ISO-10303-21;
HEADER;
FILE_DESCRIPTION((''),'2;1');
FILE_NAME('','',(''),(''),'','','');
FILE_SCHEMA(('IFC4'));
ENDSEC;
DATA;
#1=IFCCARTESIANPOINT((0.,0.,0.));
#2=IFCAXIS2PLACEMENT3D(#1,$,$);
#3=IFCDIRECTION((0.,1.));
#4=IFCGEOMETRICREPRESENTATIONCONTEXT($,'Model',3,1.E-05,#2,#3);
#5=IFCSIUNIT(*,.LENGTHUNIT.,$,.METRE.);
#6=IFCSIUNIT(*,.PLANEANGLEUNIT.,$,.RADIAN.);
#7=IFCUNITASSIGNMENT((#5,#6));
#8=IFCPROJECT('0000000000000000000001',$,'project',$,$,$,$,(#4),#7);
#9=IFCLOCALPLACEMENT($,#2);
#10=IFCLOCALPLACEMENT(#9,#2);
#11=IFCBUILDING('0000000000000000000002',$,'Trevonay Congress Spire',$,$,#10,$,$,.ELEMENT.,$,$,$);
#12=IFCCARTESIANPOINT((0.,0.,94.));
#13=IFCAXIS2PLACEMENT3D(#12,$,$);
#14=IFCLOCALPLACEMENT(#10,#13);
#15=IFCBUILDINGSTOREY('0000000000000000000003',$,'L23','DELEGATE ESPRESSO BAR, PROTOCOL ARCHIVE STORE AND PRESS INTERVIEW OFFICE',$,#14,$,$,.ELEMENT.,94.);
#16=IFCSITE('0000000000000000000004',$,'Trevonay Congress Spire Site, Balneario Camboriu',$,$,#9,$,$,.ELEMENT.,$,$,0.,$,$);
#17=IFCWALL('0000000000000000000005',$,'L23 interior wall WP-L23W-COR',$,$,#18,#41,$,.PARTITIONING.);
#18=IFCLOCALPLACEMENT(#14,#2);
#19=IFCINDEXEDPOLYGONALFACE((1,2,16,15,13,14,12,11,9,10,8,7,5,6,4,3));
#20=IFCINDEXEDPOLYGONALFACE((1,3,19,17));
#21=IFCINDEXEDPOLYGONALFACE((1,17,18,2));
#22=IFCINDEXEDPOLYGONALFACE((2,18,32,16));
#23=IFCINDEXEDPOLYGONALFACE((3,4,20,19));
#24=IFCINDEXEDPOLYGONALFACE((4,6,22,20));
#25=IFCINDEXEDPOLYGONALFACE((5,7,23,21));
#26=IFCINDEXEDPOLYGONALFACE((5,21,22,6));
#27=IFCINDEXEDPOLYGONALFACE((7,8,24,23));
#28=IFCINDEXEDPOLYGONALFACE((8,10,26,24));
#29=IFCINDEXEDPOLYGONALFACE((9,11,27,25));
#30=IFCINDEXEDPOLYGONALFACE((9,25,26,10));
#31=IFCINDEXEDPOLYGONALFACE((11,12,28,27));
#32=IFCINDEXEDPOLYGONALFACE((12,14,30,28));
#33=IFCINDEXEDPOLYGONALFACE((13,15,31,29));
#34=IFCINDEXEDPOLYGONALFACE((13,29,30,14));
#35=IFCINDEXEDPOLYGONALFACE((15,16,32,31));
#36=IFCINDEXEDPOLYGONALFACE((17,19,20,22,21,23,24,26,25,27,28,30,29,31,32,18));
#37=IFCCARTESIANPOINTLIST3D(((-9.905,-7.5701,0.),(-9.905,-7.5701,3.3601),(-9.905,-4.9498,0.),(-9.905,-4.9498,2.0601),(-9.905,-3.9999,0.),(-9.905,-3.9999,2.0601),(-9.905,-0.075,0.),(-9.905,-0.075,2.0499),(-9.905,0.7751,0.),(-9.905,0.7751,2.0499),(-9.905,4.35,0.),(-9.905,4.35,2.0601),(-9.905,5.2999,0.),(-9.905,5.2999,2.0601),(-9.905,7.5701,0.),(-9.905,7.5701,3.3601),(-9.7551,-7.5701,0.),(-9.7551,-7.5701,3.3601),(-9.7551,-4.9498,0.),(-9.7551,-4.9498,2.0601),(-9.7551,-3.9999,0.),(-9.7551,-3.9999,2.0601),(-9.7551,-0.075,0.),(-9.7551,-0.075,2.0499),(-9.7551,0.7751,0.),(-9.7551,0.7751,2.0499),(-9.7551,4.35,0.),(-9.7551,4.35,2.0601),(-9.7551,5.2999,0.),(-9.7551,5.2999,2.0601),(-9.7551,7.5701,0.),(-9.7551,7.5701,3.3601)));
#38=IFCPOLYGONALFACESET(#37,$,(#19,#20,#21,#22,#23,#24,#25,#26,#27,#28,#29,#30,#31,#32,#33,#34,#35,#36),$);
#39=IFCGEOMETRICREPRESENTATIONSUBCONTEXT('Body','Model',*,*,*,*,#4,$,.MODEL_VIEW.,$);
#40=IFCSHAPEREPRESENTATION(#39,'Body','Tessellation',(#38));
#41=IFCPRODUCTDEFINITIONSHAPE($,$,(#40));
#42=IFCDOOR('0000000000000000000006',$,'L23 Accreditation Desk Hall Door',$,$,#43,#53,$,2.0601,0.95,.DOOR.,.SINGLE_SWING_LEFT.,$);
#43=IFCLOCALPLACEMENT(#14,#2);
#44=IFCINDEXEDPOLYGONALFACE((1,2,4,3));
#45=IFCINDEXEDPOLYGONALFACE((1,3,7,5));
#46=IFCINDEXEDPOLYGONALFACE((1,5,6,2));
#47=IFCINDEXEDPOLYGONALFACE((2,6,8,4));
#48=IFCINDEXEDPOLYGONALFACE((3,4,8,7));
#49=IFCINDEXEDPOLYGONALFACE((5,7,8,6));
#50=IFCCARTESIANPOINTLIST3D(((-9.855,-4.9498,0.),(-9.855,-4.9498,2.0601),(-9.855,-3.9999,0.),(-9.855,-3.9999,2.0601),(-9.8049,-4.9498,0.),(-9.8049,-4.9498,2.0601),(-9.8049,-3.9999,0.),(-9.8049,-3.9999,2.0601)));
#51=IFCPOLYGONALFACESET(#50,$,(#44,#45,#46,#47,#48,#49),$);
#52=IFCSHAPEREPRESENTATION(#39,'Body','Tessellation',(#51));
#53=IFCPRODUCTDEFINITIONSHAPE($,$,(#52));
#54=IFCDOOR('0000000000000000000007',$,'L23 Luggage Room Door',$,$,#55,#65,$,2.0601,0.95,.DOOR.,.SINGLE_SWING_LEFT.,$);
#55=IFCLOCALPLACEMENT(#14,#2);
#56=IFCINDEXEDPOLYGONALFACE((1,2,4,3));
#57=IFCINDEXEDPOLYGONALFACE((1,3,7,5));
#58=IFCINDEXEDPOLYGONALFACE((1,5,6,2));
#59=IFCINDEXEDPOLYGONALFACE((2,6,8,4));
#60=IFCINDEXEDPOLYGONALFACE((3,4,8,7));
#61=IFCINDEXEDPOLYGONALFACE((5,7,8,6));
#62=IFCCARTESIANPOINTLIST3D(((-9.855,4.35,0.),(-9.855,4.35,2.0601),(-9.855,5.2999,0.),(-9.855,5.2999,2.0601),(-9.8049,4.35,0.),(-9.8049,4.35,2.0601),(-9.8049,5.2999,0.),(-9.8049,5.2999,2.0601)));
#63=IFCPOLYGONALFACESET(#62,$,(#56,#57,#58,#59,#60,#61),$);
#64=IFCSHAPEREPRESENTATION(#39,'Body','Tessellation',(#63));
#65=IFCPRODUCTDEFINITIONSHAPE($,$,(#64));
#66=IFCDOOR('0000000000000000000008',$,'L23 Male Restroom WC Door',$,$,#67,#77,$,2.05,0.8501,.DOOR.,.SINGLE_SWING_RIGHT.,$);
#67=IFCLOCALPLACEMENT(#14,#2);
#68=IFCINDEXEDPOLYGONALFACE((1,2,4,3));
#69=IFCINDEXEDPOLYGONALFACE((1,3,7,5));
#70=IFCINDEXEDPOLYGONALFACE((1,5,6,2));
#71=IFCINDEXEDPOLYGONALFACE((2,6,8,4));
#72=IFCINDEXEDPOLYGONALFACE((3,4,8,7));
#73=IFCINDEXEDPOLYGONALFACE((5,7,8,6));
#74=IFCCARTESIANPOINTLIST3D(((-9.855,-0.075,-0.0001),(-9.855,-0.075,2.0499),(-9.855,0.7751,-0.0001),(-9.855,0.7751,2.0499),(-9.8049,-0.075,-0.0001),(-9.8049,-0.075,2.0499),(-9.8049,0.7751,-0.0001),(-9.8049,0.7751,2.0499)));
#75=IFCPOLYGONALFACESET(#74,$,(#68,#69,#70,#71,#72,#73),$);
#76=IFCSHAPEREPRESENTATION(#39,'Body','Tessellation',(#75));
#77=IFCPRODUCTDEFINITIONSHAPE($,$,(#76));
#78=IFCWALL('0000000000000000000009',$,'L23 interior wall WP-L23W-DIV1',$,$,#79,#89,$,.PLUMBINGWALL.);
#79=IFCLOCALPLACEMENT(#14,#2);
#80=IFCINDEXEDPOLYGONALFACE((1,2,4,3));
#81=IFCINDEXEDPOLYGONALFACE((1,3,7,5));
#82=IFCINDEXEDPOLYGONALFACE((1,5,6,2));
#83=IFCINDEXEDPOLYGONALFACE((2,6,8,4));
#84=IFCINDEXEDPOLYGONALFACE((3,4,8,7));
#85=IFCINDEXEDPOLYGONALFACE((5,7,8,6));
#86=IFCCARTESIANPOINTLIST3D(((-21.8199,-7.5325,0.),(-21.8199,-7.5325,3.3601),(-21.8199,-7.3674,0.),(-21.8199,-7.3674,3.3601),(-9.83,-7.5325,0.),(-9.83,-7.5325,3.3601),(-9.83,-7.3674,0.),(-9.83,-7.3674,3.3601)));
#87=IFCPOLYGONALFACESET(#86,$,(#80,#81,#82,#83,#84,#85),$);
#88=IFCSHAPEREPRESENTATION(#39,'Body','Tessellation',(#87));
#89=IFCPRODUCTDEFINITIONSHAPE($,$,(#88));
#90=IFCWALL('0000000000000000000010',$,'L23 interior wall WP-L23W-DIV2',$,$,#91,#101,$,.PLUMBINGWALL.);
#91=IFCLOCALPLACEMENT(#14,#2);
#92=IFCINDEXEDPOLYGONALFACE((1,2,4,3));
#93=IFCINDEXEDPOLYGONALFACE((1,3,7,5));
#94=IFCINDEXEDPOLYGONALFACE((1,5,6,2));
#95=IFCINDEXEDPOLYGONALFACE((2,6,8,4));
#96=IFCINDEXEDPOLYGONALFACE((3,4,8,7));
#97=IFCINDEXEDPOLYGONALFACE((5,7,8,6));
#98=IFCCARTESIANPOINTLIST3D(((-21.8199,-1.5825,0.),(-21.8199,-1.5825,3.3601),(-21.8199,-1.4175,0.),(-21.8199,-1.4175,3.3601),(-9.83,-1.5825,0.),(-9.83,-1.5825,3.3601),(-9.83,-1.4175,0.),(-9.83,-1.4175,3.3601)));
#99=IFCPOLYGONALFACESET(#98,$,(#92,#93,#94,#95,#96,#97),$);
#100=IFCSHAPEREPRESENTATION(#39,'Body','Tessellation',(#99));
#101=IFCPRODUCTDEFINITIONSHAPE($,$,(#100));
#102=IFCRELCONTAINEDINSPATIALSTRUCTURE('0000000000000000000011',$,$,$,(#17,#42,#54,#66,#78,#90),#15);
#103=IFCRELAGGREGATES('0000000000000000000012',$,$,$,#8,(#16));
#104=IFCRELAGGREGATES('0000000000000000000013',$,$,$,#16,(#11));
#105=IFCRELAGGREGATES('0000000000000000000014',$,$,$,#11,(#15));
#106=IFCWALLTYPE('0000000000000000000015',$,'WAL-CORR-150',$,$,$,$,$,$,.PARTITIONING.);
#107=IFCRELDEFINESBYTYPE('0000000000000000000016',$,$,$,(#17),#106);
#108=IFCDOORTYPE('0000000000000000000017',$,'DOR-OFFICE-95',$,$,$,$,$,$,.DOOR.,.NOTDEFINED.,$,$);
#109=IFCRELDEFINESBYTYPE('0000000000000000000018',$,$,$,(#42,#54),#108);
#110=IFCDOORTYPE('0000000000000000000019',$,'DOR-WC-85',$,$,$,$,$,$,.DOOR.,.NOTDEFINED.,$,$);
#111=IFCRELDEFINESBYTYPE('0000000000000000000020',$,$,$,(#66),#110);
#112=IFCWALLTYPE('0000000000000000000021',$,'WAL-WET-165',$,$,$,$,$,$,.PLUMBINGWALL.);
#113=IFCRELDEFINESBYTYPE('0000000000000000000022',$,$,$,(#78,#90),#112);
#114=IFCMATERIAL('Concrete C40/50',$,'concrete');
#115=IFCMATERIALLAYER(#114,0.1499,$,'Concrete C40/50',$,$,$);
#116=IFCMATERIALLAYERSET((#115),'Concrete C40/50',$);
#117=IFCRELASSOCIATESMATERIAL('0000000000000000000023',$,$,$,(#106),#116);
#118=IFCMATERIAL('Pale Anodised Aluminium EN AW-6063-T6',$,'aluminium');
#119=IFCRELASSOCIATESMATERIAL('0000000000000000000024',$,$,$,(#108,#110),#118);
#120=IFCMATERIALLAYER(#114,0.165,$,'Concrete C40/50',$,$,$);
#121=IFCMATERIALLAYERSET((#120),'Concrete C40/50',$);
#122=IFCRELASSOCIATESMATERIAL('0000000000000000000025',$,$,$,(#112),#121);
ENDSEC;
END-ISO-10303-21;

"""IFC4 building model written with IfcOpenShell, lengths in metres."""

from ifc_helpers import new_model, si_unit, direction, frame, frame_2d, origin, place, context, subcontext, project, spatial, rectangle, extrude, material, layer, layer_set, type_object, element, fill, save


model = new_model("IFC4")

# Units and contexts
model_context = context("Model", 3, precision=1e-05, world=origin(), true_north=direction((0.0, 1.0)))
body_context = subcontext(model_context, "Body", "Model", "MODEL_VIEW")
ifc_project = project(units=[si_unit("LENGTHUNIT", "METRE"), si_unit("PLANEANGLEUNIT", "RADIAN")], contexts=[model_context])

# Site, building, storey
site_placement = place(None, origin())
site = spatial("IfcSite", under=ifc_project, at=site_placement, Name="Trevonay Congress Spire Site, Balneario Camboriu", CompositionType="ELEMENT", RefElevation=0.0)
building_placement = place(site_placement, origin())
building = spatial("IfcBuilding", under=site, at=building_placement, Name="Trevonay Congress Spire", CompositionType="ELEMENT")
storey_placement = place(building_placement, frame((0.0, 0.0, 94.0)))
storey = spatial("IfcBuildingStorey", under=building, at=storey_placement, Name="L23", Description="DELEGATE ESPRESSO BAR, PROTOCOL ARCHIVE STORE AND PRESS INTERVIEW OFFICE", CompositionType="ELEMENT", Elevation=94.0)

# Wall, openings, doors
ifc_material_1 = material(Name="Concrete C40/50", Category="concrete")
ifc_layer_1 = layer(ifc_material_1, 0.1499, Name="Concrete C40/50")
ifc_layer_set_1 = layer_set([ifc_layer_1], Name="Concrete C40/50")
wall_type_1 = type_object("IfcWallType", Name="WAL-CORR-150", PredefinedType="PARTITIONING", material=ifc_layer_set_1)
ifc_material_2 = material(Name="Pale Anodised Aluminium EN AW-6063-T6", Category="aluminium")
door_type_1 = type_object("IfcDoorType", Name="DOR-OFFICE-95", OperationType="NOTDEFINED", PredefinedType="DOOR", material=ifc_material_2)
door_type_2 = type_object("IfcDoorType", Name="DOR-WC-85", OperationType="NOTDEFINED", PredefinedType="DOOR", material=ifc_material_2)
wall_1_placement = place(storey_placement, frame((-9.8301, -7.5701, 0.0), z_axis=(0.0, 0.0, 1.0), x_axis=(0.0, 1.0, 0.0)))
wall_1 = element("IfcWall", 1, at=wall_1_placement, inside=storey, type_object=wall_type_1, Name="L23 interior wall WP-L23W-COR", PredefinedType="PARTITIONING", context=body_context, shape_type="SweptSolid", body=[
    extrude(rectangle(XDim=15.1401, YDim=0.1499, at=frame_2d((7.5701, 0.0))), origin(), (0.0, 0.0, 1.0), 3.3601),
])
opening_1_placement = place(wall_1_placement, frame((2.6201, 0.0, 0.0)))
opening_1 = element("IfcOpeningElement", 2, at=opening_1_placement, cuts=wall_1, PredefinedType="OPENING", context=body_context, shape_type="SweptSolid", body=[
    extrude(rectangle(XDim=0.95, YDim=2.0601, at=frame_2d((0.4751, 1.03))), frame((0.0, 0.085, 0.0), z_axis=(0.0, -1.0, 0.0), x_axis=(1.0, 0.0, 0.0)), (0.0, 0.0, 1.0), 0.1699),
])
opening_2_placement = place(wall_1_placement, frame((7.4951, 0.0, 0.0)))
opening_2 = element("IfcOpeningElement", 3, at=opening_2_placement, cuts=wall_1, PredefinedType="OPENING", context=body_context, shape_type="SweptSolid", body=[
    extrude(rectangle(XDim=0.8501, YDim=2.05, at=frame_2d((0.425, 1.0249))), frame((0.0, 0.085, 0.0), z_axis=(0.0, -1.0, 0.0), x_axis=(1.0, 0.0, 0.0)), (0.0, 0.0, 1.0), 0.1699),
])
opening_3_placement = place(wall_1_placement, frame((11.9199, 0.0, 0.0)))
opening_3 = element("IfcOpeningElement", 4, at=opening_3_placement, cuts=wall_1, PredefinedType="OPENING", context=body_context, shape_type="SweptSolid", body=[
    extrude(rectangle(XDim=0.95, YDim=2.0601, at=frame_2d((0.4751, 1.03))), frame((0.0, 0.085, 0.0), z_axis=(0.0, -1.0, 0.0), x_axis=(1.0, 0.0, 0.0)), (0.0, 0.0, 1.0), 0.1699),
])
door_1_placement = place(opening_1_placement, origin())
door_1 = element("IfcDoor", 5, at=door_1_placement, inside=storey, type_object=door_type_1, Name="L23 Accreditation Desk Hall Door", OperationType="SINGLE_SWING_LEFT", OverallHeight=2.0601, OverallWidth=0.95, PredefinedType="DOOR", context=body_context, shape_type="SweptSolid", body=[
    extrude(rectangle(XDim=0.95, YDim=2.0601, at=frame_2d((0.4751, 1.03))), frame((0.0, 0.0249, 0.0), z_axis=(0.0, -1.0, 0.0), x_axis=(1.0, 0.0, 0.0)), (0.0, 0.0, 1.0), 0.05),
])
fill(opening_1, door_1)
door_2_placement = place(opening_3_placement, origin())
door_2 = element("IfcDoor", 6, at=door_2_placement, inside=storey, type_object=door_type_1, Name="L23 Luggage Room Door", OperationType="SINGLE_SWING_LEFT", OverallHeight=2.0601, OverallWidth=0.95, PredefinedType="DOOR", context=body_context, shape_type="SweptSolid", body=[
    extrude(rectangle(XDim=0.95, YDim=2.0601, at=frame_2d((0.4751, 1.03))), frame((0.0, 0.0249, 0.0), z_axis=(0.0, -1.0, 0.0), x_axis=(1.0, 0.0, 0.0)), (0.0, 0.0, 1.0), 0.05),
])
fill(opening_3, door_2)
door_3_placement = place(opening_2_placement, origin())
door_3 = element("IfcDoor", 7, at=door_3_placement, inside=storey, type_object=door_type_2, Name="L23 Male Restroom WC Door", OperationType="SINGLE_SWING_RIGHT", OverallHeight=2.05, OverallWidth=0.8501, PredefinedType="DOOR", context=body_context, shape_type="SweptSolid", body=[
    extrude(rectangle(XDim=0.8501, YDim=2.05, at=frame_2d((0.425, 1.0249))), frame((0.0, 0.0249, 0.0), z_axis=(0.0, -1.0, 0.0), x_axis=(1.0, 0.0, 0.0)), (0.0, 0.0, 1.0), 0.05),
])
fill(opening_2, door_3)

# Walls
ifc_layer_2 = layer(ifc_material_1, 0.165, Name="Concrete C40/50")
ifc_layer_set_2 = layer_set([ifc_layer_2], Name="Concrete C40/50")
wall_type_2 = type_object("IfcWallType", Name="WAL-WET-165", PredefinedType="PLUMBINGWALL", material=ifc_layer_set_2)
for number, where, z_axis, x_axis, name in (
    (8, (-21.8201, -7.45, 0.0), (0.0, 0.0, 1.0), (1.0, 0.0, 0.0), "L23 interior wall WP-L23W-DIV1"),
    (9, (-21.8201, -1.5, 0.0), (0.0, 0.0, 1.0), (1.0, 0.0, 0.0), "L23 interior wall WP-L23W-DIV2"),
):
    element("IfcWall", number, at=place(storey_placement, frame(where, z_axis=z_axis, x_axis=x_axis)), inside=storey, type_object=wall_type_2, Name=name, PredefinedType="PLUMBINGWALL", context=body_context, shape_type="SweptSolid", body=[
        extrude(rectangle(XDim=11.99, YDim=0.165, at=frame_2d((5.9951, 0.0))), origin(), (0.0, 0.0, 1.0), 3.3601),
    ])

save(model, "model.ifc")
